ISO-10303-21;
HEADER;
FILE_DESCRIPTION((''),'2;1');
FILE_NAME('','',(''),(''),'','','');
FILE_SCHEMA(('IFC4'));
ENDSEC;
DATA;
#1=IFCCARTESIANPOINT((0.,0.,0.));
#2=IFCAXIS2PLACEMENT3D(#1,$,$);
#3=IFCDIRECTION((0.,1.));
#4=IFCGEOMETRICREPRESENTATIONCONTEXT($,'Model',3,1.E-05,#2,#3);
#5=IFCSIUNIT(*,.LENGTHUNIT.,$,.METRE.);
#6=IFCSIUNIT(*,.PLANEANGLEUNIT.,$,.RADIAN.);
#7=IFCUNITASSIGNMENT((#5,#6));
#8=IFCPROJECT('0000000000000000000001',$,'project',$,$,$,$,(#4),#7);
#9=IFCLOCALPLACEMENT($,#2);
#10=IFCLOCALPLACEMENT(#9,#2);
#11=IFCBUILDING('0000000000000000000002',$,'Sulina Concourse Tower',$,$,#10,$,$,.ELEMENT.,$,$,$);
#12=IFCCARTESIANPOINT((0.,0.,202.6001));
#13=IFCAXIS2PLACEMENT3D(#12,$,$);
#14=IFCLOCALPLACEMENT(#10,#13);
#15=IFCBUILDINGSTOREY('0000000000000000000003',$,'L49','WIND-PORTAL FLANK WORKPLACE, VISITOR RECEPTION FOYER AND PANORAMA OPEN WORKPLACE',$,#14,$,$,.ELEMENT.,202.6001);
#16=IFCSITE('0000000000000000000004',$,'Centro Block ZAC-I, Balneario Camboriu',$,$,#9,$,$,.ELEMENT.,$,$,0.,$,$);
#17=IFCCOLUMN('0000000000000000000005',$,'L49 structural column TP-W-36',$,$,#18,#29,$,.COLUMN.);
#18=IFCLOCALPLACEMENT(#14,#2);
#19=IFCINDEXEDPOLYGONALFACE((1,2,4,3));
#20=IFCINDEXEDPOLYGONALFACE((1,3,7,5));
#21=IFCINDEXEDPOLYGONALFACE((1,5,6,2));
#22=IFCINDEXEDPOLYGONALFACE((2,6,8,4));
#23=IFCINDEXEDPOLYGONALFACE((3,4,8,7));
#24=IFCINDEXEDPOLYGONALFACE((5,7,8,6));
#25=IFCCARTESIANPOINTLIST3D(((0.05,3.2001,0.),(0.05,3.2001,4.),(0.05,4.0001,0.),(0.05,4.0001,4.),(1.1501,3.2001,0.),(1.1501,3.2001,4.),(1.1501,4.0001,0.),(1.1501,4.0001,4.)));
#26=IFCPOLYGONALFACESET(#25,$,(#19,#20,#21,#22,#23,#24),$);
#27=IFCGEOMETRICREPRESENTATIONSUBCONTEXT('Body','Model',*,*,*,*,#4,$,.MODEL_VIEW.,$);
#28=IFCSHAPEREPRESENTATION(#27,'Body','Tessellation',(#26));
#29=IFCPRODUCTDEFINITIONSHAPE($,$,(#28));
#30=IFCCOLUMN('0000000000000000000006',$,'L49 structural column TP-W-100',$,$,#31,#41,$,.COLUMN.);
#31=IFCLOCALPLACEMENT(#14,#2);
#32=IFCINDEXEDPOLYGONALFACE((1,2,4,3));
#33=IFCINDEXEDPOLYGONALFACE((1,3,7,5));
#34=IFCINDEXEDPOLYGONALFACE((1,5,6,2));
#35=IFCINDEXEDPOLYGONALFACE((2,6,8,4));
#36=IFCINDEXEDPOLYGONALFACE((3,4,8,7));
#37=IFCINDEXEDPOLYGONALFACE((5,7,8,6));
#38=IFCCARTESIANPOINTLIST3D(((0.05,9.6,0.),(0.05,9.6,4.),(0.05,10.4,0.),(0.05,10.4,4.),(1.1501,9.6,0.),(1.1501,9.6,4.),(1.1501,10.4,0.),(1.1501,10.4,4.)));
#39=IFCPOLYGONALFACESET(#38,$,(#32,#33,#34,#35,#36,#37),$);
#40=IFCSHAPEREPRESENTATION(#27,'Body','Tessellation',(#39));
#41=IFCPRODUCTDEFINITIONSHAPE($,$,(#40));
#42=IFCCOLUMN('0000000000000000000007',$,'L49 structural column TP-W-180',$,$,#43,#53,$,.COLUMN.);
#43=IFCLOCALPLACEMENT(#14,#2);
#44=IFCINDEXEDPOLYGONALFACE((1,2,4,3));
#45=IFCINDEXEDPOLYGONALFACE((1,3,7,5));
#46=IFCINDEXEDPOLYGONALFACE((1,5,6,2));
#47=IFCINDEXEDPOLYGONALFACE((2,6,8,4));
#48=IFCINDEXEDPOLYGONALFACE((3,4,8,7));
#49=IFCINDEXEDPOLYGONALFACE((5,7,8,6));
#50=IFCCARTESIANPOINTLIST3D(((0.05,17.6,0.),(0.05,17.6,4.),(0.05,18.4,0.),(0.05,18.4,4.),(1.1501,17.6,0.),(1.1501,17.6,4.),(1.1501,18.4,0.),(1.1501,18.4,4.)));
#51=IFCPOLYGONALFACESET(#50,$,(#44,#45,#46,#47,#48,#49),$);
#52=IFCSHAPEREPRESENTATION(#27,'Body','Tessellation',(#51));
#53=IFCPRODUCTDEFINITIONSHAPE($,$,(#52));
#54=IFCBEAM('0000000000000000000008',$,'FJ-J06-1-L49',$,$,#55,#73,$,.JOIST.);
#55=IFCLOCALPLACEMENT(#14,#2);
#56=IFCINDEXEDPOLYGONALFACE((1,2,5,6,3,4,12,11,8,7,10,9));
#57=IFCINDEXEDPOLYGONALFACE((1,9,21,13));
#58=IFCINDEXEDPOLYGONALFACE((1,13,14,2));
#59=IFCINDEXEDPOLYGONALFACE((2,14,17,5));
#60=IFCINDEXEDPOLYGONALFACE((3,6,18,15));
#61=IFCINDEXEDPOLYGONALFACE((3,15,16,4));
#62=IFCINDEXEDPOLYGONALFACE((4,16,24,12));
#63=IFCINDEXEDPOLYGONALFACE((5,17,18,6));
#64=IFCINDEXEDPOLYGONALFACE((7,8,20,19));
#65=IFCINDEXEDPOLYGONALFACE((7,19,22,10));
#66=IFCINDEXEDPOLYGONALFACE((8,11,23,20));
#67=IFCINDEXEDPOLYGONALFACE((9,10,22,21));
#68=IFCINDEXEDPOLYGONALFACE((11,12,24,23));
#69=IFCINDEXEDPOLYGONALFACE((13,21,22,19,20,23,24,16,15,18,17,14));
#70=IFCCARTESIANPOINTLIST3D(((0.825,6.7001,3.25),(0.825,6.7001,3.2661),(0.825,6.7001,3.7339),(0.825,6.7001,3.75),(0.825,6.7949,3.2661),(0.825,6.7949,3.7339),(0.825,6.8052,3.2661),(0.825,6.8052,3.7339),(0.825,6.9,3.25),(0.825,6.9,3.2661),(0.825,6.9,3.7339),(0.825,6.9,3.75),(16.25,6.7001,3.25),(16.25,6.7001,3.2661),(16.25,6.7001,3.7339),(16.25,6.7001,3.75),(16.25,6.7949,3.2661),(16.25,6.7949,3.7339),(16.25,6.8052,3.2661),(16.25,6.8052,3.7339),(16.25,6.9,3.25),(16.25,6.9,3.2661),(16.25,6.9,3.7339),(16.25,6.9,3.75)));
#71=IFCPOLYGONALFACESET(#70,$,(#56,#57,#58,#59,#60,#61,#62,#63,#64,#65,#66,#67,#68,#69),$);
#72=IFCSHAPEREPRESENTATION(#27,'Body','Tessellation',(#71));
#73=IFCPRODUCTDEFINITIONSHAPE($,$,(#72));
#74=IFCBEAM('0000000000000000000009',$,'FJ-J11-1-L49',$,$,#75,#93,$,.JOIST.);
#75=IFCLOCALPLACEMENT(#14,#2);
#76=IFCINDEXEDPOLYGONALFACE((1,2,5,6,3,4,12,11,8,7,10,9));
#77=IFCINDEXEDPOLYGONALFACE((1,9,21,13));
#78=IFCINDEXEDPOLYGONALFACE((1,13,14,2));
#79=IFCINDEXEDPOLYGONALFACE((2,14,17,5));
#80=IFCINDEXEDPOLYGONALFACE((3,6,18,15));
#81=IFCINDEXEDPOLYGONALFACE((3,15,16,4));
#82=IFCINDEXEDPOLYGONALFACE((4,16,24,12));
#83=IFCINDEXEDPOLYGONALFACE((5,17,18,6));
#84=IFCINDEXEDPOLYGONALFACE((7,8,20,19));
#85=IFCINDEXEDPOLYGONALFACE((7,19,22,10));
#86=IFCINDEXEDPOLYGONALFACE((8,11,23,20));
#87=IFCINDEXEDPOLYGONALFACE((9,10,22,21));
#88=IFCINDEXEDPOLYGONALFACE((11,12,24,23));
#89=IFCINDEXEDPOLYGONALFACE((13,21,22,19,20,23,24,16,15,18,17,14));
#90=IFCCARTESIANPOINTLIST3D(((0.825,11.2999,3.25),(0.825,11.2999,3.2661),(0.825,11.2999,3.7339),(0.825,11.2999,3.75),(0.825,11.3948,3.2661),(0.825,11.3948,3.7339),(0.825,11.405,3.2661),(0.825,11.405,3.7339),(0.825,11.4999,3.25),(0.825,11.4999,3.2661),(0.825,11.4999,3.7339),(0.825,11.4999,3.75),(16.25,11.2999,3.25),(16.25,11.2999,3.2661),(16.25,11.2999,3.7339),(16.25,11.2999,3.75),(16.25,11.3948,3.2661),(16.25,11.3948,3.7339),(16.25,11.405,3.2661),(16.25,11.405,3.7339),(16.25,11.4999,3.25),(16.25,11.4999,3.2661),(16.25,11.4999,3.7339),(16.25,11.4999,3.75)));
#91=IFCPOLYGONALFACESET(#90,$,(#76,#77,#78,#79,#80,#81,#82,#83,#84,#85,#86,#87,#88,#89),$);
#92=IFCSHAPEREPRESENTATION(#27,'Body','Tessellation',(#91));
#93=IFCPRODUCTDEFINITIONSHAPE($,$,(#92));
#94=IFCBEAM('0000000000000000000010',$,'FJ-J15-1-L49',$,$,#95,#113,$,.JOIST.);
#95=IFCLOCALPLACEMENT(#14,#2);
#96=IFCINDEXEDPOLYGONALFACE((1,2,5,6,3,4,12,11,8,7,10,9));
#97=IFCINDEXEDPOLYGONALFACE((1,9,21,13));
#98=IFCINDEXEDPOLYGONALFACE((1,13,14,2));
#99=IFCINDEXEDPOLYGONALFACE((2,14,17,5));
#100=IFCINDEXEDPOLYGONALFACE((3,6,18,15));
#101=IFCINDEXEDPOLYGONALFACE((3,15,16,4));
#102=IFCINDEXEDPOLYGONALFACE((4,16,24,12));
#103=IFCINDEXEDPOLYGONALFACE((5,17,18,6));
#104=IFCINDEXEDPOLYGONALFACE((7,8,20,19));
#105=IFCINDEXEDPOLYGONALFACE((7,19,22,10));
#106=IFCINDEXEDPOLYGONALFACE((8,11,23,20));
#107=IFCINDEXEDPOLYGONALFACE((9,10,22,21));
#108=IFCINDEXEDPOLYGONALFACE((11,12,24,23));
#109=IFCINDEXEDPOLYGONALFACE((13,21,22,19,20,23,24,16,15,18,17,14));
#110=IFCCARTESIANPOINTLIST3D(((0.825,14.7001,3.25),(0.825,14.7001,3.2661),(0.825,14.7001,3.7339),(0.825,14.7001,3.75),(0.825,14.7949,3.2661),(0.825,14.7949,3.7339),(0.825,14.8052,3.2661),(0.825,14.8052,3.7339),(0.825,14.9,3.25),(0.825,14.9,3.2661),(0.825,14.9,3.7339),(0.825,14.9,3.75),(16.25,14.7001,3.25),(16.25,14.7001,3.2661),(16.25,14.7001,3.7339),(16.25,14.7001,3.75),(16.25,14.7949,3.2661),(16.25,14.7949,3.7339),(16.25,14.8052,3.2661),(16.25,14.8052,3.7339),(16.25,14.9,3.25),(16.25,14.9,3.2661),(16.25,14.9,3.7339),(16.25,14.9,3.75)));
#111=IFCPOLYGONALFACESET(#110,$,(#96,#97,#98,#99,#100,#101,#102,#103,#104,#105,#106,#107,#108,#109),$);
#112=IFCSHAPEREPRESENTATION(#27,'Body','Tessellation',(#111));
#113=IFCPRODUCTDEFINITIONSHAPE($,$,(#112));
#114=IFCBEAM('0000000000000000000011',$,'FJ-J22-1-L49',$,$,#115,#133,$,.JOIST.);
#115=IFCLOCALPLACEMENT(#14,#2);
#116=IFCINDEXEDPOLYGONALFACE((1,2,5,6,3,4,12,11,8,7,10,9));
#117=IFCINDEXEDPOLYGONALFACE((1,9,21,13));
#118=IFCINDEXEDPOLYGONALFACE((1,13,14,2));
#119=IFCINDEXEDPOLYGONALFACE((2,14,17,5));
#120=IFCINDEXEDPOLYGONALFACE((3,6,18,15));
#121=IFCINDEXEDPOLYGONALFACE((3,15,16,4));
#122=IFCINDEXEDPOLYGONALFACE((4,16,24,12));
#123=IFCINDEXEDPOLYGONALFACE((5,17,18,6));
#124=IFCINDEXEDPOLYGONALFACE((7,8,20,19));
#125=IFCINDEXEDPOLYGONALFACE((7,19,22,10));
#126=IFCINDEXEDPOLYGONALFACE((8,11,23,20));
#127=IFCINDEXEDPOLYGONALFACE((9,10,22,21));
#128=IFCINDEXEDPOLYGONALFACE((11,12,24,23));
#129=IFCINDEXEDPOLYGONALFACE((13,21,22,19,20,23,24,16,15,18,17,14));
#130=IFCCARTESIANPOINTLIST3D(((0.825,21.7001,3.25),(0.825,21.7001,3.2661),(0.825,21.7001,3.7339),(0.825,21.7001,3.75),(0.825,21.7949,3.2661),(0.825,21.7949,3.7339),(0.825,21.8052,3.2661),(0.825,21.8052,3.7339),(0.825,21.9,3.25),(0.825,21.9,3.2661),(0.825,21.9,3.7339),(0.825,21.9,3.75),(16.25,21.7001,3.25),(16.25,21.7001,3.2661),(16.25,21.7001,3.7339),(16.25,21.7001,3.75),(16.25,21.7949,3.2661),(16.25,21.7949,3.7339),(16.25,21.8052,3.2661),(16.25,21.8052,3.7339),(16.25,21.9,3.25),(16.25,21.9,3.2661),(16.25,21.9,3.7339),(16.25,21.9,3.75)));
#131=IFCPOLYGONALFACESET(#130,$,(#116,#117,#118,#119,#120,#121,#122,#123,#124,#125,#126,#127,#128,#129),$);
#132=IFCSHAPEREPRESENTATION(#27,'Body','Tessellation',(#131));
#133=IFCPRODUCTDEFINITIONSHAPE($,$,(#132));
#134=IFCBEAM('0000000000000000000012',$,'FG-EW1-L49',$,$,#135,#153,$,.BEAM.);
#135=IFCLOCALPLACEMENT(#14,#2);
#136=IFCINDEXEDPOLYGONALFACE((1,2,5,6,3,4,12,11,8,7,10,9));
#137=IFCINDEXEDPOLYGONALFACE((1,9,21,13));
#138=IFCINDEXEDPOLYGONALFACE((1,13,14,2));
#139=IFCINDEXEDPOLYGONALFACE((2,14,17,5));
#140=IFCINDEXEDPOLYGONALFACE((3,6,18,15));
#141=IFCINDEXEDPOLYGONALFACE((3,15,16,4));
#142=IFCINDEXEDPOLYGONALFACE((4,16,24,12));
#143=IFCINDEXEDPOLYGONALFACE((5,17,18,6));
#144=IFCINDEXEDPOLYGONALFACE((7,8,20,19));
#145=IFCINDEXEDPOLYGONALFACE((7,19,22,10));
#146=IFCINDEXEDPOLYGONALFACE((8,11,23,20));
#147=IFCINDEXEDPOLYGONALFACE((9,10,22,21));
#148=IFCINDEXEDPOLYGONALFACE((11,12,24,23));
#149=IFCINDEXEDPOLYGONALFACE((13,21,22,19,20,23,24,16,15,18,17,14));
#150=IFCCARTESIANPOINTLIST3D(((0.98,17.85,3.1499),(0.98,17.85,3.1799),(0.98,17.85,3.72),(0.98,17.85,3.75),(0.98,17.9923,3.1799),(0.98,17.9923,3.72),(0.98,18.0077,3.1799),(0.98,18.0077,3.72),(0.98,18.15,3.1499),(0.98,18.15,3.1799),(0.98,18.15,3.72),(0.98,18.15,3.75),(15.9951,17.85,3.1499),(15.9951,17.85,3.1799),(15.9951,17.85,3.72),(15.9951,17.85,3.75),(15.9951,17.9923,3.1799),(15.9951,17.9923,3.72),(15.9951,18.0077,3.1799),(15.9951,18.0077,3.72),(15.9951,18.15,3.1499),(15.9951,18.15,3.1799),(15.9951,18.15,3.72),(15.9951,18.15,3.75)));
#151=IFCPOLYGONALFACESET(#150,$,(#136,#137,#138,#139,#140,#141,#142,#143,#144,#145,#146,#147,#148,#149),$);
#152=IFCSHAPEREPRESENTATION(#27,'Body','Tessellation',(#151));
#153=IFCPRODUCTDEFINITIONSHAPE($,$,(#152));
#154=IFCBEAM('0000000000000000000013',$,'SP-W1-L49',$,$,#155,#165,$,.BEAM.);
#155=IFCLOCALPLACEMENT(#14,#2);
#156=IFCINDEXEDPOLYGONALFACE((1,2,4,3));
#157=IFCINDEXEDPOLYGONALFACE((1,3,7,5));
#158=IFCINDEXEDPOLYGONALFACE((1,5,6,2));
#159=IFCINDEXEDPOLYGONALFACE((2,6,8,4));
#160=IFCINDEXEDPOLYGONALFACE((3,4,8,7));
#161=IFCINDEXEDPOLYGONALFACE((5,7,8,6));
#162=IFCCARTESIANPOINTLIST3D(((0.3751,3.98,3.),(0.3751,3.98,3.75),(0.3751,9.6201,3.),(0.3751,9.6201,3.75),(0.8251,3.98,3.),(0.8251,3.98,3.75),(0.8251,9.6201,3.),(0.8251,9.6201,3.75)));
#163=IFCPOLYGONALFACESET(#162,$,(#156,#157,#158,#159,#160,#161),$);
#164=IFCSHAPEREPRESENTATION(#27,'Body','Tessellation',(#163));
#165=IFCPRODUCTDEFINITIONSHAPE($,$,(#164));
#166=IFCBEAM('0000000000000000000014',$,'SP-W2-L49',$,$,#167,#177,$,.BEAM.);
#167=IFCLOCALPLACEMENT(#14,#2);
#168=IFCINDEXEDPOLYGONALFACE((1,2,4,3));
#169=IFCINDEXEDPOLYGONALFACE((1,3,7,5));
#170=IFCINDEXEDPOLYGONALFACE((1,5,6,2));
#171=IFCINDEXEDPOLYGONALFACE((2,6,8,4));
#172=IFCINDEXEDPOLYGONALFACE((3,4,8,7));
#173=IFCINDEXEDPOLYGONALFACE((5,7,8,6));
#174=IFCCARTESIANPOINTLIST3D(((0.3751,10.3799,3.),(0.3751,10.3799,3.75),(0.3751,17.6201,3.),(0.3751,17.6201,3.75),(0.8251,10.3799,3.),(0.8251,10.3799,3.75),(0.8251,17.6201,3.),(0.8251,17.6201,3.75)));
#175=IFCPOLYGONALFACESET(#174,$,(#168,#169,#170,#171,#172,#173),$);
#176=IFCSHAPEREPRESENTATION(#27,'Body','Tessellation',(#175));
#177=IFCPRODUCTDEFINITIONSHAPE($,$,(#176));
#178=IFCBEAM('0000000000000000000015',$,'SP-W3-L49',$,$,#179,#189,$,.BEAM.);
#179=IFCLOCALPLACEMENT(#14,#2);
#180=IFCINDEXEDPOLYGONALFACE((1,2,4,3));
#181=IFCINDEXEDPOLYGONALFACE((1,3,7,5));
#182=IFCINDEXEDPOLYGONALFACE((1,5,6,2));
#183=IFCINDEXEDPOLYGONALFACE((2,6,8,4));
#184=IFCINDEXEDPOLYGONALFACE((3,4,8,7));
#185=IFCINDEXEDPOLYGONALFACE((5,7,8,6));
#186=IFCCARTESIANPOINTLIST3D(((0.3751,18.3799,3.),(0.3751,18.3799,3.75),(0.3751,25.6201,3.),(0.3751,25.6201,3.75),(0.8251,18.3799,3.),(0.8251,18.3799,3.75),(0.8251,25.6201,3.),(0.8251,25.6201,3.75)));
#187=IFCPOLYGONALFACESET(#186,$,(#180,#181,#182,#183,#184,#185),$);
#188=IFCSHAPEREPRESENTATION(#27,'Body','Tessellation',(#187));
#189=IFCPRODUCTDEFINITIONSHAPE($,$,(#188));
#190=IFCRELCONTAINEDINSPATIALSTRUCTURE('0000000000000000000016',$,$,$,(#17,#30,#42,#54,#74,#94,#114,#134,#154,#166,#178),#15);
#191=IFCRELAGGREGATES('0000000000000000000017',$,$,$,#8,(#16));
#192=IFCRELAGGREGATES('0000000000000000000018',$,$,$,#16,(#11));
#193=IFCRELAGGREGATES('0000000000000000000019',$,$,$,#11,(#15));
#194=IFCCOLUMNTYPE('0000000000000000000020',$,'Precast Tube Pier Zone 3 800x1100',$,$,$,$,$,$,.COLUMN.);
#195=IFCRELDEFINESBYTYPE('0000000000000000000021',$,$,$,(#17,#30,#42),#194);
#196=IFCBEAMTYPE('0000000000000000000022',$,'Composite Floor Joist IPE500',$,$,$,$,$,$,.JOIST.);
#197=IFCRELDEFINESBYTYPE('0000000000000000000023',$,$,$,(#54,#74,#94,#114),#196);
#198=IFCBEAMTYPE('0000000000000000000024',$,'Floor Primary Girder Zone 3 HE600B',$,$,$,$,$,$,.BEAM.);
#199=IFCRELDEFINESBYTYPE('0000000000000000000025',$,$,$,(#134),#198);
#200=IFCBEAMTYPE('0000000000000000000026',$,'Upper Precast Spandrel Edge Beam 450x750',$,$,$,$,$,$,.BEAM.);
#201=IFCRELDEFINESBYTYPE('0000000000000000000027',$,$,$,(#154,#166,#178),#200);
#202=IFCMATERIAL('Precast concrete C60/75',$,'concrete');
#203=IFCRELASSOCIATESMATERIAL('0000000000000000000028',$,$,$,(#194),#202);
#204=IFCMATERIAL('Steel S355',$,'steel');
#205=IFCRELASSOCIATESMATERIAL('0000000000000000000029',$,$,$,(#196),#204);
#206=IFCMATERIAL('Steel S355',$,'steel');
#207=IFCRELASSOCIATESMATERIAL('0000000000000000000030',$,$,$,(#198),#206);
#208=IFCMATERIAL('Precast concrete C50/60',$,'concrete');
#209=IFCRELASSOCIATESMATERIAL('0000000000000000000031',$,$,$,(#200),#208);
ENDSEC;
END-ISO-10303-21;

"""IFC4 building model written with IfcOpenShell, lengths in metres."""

from ifc_helpers import new_model, si_unit, direction, frame, origin, origin_2d, place, context, subcontext, project, spatial, rectangle, i_section, extrude, material, material_profile, profile_set, type_object, element, save


model = new_model("IFC4")

# Units and contexts
model_context = context("Model", 3, precision=1e-05, world=origin(), true_north=direction((0.0, 1.0)))
body_context = subcontext(model_context, "Body", "Model", "MODEL_VIEW")
ifc_project = project(units=[si_unit("LENGTHUNIT", "METRE"), si_unit("PLANEANGLEUNIT", "RADIAN")], contexts=[model_context])

# Site, building, storey
site_placement = place(None, origin())
site = spatial("IfcSite", under=ifc_project, at=site_placement, Name="Centro Block ZAC-I, Balneario Camboriu", CompositionType="ELEMENT", RefElevation=0.0)
building_placement = place(site_placement, origin())
building = spatial("IfcBuilding", under=site, at=building_placement, Name="Sulina Concourse Tower", CompositionType="ELEMENT")
storey_placement = place(building_placement, frame((0.0, 0.0, 202.6001)))
storey = spatial("IfcBuildingStorey", under=building, at=storey_placement, Name="L49", Description="WIND-PORTAL FLANK WORKPLACE, VISITOR RECEPTION FOYER AND PANORAMA OPEN WORKPLACE", CompositionType="ELEMENT", Elevation=202.6001)

# Columns
ifc_material_1 = material(Name="Precast concrete C60/75", Category="concrete")
ifc_material_profile_1 = material_profile(ifc_material_1, rectangle(XDim=0.8, YDim=1.1001, at=origin_2d()), Name="PC 800x1100")
ifc_profile_set_1 = profile_set([ifc_material_profile_1], Name="Precast concrete C60/75")
column_type = type_object("IfcColumnType", Name="Precast Tube Pier Zone 3 800x1100", PredefinedType="COLUMN", material=ifc_profile_set_1)
for number, where, z_axis, x_axis, name in (
    (1, (0.6001, 3.6001, 0.0), (0.0, 0.0, 1.0), (0.0, 1.0, 0.0), "L49 structural column TP-W-36"),
    (2, (0.6001, 10.0, 0.0), (0.0, 0.0, 1.0), (0.0, 1.0, 0.0), "L49 structural column TP-W-100"),
    (3, (0.6001, 18.0, 0.0), (0.0, 0.0, 1.0), (0.0, 1.0, 0.0), "L49 structural column TP-W-180"),
):
    element("IfcColumn", number, at=place(storey_placement, frame(where, z_axis=z_axis, x_axis=x_axis)), inside=storey, type_object=column_type, Name=name, PredefinedType="COLUMN", context=body_context, shape_type="SweptSolid", body=[
        extrude(rectangle(XDim=0.8, YDim=1.1001, at=origin_2d()), origin(), (0.0, 0.0, 1.0), 4.0),
    ])

# Beams
ifc_material_2 = material(Name="Steel S355", Category="steel")
ifc_material_profile_2 = material_profile(ifc_material_2, i_section(OverallWidth=0.2, OverallDepth=0.5, WebThickness=0.0103, FlangeThickness=0.0161, at=origin_2d()), Name="IPE 500")
ifc_profile_set_2 = profile_set([ifc_material_profile_2], Name="Steel S355")
beam_type_1 = type_object("IfcBeamType", Name="Composite Floor Joist IPE500", PredefinedType="JOIST", material=ifc_profile_set_2)
for number, where, z_axis, x_axis, name in (
    (4, (0.825, 6.8, 3.5), (1.0, 0.0, 0.0), (0.0, 1.0, 0.0), "FJ-J06-1-L49"),
    (5, (0.825, 11.3999, 3.5), (1.0, 0.0, 0.0), (0.0, 1.0, 0.0), "FJ-J11-1-L49"),
    (6, (0.825, 14.8, 3.5), (1.0, 0.0, 0.0), (0.0, 1.0, 0.0), "FJ-J15-1-L49"),
    (7, (0.825, 21.8, 3.5), (1.0, 0.0, 0.0), (0.0, 1.0, 0.0), "FJ-J22-1-L49"),
):
    element("IfcBeam", number, at=place(storey_placement, frame(where, z_axis=z_axis, x_axis=x_axis)), inside=storey, type_object=beam_type_1, Name=name, PredefinedType="JOIST", context=body_context, shape_type="SweptSolid", body=[
        extrude(i_section(OverallWidth=0.2, OverallDepth=0.5, WebThickness=0.0103, FlangeThickness=0.0161, at=origin_2d()), origin(), (0.0, 0.0, 1.0), 15.425),
    ])
ifc_material_3 = material(Name="Steel S355", Category="steel")
ifc_material_profile_3 = material_profile(ifc_material_3, i_section(OverallWidth=0.3, OverallDepth=0.6001, WebThickness=0.0154, FlangeThickness=0.03, at=origin_2d()), Name="HE 600 B")
ifc_profile_set_3 = profile_set([ifc_material_profile_3], Name="Steel S355")
beam_type_2 = type_object("IfcBeamType", Name="Floor Primary Girder Zone 3 HE600B", PredefinedType="BEAM", material=ifc_profile_set_3)
beam_1_placement = place(storey_placement, frame((0.98, 18.0, 3.45), z_axis=(1.0, 0.0, 0.0), x_axis=(0.0, 1.0, 0.0)))
element("IfcBeam", 8, at=beam_1_placement, inside=storey, type_object=beam_type_2, Name="FG-EW1-L49", PredefinedType="BEAM", context=body_context, shape_type="SweptSolid", body=[
    extrude(i_section(OverallWidth=0.3, OverallDepth=0.6001, WebThickness=0.0154, FlangeThickness=0.03, at=origin_2d()), origin(), (0.0, 0.0, 1.0), 15.0151),
])
ifc_material_4 = material(Name="Precast concrete C50/60", Category="concrete")
ifc_material_profile_4 = material_profile(ifc_material_4, rectangle(XDim=0.45, YDim=0.75, at=origin_2d()), Name="RC 450x750")
ifc_profile_set_4 = profile_set([ifc_material_profile_4], Name="Precast concrete C50/60")
beam_type_3 = type_object("IfcBeamType", Name="Upper Precast Spandrel Edge Beam 450x750", PredefinedType="BEAM", material=ifc_profile_set_4)
beam_2_placement = place(storey_placement, frame((0.6001, 3.98, 3.375), z_axis=(0.0, 1.0, 0.0), x_axis=(-1.0, 0.0, 0.0)))
element("IfcBeam", 9, at=beam_2_placement, inside=storey, type_object=beam_type_3, Name="SP-W1-L49", PredefinedType="BEAM", context=body_context, shape_type="SweptSolid", body=[
    extrude(rectangle(XDim=0.45, YDim=0.75, at=origin_2d()), origin(), (0.0, 0.0, 1.0), 5.6401),
])
for number, where, z_axis, x_axis, name in (
    (10, (0.6001, 10.3799, 3.375), (0.0, 1.0, 0.0), (-1.0, 0.0, 0.0), "SP-W2-L49"),
    (11, (0.6001, 18.3799, 3.375), (0.0, 1.0, 0.0), (-1.0, 0.0, 0.0), "SP-W3-L49"),
):
    element("IfcBeam", number, at=place(storey_placement, frame(where, z_axis=z_axis, x_axis=x_axis)), inside=storey, type_object=beam_type_3, Name=name, PredefinedType="BEAM", context=body_context, shape_type="SweptSolid", body=[
        extrude(rectangle(XDim=0.45, YDim=0.75, at=origin_2d()), origin(), (0.0, 0.0, 1.0), 7.2402),
    ])

save(model, "model.ifc")
